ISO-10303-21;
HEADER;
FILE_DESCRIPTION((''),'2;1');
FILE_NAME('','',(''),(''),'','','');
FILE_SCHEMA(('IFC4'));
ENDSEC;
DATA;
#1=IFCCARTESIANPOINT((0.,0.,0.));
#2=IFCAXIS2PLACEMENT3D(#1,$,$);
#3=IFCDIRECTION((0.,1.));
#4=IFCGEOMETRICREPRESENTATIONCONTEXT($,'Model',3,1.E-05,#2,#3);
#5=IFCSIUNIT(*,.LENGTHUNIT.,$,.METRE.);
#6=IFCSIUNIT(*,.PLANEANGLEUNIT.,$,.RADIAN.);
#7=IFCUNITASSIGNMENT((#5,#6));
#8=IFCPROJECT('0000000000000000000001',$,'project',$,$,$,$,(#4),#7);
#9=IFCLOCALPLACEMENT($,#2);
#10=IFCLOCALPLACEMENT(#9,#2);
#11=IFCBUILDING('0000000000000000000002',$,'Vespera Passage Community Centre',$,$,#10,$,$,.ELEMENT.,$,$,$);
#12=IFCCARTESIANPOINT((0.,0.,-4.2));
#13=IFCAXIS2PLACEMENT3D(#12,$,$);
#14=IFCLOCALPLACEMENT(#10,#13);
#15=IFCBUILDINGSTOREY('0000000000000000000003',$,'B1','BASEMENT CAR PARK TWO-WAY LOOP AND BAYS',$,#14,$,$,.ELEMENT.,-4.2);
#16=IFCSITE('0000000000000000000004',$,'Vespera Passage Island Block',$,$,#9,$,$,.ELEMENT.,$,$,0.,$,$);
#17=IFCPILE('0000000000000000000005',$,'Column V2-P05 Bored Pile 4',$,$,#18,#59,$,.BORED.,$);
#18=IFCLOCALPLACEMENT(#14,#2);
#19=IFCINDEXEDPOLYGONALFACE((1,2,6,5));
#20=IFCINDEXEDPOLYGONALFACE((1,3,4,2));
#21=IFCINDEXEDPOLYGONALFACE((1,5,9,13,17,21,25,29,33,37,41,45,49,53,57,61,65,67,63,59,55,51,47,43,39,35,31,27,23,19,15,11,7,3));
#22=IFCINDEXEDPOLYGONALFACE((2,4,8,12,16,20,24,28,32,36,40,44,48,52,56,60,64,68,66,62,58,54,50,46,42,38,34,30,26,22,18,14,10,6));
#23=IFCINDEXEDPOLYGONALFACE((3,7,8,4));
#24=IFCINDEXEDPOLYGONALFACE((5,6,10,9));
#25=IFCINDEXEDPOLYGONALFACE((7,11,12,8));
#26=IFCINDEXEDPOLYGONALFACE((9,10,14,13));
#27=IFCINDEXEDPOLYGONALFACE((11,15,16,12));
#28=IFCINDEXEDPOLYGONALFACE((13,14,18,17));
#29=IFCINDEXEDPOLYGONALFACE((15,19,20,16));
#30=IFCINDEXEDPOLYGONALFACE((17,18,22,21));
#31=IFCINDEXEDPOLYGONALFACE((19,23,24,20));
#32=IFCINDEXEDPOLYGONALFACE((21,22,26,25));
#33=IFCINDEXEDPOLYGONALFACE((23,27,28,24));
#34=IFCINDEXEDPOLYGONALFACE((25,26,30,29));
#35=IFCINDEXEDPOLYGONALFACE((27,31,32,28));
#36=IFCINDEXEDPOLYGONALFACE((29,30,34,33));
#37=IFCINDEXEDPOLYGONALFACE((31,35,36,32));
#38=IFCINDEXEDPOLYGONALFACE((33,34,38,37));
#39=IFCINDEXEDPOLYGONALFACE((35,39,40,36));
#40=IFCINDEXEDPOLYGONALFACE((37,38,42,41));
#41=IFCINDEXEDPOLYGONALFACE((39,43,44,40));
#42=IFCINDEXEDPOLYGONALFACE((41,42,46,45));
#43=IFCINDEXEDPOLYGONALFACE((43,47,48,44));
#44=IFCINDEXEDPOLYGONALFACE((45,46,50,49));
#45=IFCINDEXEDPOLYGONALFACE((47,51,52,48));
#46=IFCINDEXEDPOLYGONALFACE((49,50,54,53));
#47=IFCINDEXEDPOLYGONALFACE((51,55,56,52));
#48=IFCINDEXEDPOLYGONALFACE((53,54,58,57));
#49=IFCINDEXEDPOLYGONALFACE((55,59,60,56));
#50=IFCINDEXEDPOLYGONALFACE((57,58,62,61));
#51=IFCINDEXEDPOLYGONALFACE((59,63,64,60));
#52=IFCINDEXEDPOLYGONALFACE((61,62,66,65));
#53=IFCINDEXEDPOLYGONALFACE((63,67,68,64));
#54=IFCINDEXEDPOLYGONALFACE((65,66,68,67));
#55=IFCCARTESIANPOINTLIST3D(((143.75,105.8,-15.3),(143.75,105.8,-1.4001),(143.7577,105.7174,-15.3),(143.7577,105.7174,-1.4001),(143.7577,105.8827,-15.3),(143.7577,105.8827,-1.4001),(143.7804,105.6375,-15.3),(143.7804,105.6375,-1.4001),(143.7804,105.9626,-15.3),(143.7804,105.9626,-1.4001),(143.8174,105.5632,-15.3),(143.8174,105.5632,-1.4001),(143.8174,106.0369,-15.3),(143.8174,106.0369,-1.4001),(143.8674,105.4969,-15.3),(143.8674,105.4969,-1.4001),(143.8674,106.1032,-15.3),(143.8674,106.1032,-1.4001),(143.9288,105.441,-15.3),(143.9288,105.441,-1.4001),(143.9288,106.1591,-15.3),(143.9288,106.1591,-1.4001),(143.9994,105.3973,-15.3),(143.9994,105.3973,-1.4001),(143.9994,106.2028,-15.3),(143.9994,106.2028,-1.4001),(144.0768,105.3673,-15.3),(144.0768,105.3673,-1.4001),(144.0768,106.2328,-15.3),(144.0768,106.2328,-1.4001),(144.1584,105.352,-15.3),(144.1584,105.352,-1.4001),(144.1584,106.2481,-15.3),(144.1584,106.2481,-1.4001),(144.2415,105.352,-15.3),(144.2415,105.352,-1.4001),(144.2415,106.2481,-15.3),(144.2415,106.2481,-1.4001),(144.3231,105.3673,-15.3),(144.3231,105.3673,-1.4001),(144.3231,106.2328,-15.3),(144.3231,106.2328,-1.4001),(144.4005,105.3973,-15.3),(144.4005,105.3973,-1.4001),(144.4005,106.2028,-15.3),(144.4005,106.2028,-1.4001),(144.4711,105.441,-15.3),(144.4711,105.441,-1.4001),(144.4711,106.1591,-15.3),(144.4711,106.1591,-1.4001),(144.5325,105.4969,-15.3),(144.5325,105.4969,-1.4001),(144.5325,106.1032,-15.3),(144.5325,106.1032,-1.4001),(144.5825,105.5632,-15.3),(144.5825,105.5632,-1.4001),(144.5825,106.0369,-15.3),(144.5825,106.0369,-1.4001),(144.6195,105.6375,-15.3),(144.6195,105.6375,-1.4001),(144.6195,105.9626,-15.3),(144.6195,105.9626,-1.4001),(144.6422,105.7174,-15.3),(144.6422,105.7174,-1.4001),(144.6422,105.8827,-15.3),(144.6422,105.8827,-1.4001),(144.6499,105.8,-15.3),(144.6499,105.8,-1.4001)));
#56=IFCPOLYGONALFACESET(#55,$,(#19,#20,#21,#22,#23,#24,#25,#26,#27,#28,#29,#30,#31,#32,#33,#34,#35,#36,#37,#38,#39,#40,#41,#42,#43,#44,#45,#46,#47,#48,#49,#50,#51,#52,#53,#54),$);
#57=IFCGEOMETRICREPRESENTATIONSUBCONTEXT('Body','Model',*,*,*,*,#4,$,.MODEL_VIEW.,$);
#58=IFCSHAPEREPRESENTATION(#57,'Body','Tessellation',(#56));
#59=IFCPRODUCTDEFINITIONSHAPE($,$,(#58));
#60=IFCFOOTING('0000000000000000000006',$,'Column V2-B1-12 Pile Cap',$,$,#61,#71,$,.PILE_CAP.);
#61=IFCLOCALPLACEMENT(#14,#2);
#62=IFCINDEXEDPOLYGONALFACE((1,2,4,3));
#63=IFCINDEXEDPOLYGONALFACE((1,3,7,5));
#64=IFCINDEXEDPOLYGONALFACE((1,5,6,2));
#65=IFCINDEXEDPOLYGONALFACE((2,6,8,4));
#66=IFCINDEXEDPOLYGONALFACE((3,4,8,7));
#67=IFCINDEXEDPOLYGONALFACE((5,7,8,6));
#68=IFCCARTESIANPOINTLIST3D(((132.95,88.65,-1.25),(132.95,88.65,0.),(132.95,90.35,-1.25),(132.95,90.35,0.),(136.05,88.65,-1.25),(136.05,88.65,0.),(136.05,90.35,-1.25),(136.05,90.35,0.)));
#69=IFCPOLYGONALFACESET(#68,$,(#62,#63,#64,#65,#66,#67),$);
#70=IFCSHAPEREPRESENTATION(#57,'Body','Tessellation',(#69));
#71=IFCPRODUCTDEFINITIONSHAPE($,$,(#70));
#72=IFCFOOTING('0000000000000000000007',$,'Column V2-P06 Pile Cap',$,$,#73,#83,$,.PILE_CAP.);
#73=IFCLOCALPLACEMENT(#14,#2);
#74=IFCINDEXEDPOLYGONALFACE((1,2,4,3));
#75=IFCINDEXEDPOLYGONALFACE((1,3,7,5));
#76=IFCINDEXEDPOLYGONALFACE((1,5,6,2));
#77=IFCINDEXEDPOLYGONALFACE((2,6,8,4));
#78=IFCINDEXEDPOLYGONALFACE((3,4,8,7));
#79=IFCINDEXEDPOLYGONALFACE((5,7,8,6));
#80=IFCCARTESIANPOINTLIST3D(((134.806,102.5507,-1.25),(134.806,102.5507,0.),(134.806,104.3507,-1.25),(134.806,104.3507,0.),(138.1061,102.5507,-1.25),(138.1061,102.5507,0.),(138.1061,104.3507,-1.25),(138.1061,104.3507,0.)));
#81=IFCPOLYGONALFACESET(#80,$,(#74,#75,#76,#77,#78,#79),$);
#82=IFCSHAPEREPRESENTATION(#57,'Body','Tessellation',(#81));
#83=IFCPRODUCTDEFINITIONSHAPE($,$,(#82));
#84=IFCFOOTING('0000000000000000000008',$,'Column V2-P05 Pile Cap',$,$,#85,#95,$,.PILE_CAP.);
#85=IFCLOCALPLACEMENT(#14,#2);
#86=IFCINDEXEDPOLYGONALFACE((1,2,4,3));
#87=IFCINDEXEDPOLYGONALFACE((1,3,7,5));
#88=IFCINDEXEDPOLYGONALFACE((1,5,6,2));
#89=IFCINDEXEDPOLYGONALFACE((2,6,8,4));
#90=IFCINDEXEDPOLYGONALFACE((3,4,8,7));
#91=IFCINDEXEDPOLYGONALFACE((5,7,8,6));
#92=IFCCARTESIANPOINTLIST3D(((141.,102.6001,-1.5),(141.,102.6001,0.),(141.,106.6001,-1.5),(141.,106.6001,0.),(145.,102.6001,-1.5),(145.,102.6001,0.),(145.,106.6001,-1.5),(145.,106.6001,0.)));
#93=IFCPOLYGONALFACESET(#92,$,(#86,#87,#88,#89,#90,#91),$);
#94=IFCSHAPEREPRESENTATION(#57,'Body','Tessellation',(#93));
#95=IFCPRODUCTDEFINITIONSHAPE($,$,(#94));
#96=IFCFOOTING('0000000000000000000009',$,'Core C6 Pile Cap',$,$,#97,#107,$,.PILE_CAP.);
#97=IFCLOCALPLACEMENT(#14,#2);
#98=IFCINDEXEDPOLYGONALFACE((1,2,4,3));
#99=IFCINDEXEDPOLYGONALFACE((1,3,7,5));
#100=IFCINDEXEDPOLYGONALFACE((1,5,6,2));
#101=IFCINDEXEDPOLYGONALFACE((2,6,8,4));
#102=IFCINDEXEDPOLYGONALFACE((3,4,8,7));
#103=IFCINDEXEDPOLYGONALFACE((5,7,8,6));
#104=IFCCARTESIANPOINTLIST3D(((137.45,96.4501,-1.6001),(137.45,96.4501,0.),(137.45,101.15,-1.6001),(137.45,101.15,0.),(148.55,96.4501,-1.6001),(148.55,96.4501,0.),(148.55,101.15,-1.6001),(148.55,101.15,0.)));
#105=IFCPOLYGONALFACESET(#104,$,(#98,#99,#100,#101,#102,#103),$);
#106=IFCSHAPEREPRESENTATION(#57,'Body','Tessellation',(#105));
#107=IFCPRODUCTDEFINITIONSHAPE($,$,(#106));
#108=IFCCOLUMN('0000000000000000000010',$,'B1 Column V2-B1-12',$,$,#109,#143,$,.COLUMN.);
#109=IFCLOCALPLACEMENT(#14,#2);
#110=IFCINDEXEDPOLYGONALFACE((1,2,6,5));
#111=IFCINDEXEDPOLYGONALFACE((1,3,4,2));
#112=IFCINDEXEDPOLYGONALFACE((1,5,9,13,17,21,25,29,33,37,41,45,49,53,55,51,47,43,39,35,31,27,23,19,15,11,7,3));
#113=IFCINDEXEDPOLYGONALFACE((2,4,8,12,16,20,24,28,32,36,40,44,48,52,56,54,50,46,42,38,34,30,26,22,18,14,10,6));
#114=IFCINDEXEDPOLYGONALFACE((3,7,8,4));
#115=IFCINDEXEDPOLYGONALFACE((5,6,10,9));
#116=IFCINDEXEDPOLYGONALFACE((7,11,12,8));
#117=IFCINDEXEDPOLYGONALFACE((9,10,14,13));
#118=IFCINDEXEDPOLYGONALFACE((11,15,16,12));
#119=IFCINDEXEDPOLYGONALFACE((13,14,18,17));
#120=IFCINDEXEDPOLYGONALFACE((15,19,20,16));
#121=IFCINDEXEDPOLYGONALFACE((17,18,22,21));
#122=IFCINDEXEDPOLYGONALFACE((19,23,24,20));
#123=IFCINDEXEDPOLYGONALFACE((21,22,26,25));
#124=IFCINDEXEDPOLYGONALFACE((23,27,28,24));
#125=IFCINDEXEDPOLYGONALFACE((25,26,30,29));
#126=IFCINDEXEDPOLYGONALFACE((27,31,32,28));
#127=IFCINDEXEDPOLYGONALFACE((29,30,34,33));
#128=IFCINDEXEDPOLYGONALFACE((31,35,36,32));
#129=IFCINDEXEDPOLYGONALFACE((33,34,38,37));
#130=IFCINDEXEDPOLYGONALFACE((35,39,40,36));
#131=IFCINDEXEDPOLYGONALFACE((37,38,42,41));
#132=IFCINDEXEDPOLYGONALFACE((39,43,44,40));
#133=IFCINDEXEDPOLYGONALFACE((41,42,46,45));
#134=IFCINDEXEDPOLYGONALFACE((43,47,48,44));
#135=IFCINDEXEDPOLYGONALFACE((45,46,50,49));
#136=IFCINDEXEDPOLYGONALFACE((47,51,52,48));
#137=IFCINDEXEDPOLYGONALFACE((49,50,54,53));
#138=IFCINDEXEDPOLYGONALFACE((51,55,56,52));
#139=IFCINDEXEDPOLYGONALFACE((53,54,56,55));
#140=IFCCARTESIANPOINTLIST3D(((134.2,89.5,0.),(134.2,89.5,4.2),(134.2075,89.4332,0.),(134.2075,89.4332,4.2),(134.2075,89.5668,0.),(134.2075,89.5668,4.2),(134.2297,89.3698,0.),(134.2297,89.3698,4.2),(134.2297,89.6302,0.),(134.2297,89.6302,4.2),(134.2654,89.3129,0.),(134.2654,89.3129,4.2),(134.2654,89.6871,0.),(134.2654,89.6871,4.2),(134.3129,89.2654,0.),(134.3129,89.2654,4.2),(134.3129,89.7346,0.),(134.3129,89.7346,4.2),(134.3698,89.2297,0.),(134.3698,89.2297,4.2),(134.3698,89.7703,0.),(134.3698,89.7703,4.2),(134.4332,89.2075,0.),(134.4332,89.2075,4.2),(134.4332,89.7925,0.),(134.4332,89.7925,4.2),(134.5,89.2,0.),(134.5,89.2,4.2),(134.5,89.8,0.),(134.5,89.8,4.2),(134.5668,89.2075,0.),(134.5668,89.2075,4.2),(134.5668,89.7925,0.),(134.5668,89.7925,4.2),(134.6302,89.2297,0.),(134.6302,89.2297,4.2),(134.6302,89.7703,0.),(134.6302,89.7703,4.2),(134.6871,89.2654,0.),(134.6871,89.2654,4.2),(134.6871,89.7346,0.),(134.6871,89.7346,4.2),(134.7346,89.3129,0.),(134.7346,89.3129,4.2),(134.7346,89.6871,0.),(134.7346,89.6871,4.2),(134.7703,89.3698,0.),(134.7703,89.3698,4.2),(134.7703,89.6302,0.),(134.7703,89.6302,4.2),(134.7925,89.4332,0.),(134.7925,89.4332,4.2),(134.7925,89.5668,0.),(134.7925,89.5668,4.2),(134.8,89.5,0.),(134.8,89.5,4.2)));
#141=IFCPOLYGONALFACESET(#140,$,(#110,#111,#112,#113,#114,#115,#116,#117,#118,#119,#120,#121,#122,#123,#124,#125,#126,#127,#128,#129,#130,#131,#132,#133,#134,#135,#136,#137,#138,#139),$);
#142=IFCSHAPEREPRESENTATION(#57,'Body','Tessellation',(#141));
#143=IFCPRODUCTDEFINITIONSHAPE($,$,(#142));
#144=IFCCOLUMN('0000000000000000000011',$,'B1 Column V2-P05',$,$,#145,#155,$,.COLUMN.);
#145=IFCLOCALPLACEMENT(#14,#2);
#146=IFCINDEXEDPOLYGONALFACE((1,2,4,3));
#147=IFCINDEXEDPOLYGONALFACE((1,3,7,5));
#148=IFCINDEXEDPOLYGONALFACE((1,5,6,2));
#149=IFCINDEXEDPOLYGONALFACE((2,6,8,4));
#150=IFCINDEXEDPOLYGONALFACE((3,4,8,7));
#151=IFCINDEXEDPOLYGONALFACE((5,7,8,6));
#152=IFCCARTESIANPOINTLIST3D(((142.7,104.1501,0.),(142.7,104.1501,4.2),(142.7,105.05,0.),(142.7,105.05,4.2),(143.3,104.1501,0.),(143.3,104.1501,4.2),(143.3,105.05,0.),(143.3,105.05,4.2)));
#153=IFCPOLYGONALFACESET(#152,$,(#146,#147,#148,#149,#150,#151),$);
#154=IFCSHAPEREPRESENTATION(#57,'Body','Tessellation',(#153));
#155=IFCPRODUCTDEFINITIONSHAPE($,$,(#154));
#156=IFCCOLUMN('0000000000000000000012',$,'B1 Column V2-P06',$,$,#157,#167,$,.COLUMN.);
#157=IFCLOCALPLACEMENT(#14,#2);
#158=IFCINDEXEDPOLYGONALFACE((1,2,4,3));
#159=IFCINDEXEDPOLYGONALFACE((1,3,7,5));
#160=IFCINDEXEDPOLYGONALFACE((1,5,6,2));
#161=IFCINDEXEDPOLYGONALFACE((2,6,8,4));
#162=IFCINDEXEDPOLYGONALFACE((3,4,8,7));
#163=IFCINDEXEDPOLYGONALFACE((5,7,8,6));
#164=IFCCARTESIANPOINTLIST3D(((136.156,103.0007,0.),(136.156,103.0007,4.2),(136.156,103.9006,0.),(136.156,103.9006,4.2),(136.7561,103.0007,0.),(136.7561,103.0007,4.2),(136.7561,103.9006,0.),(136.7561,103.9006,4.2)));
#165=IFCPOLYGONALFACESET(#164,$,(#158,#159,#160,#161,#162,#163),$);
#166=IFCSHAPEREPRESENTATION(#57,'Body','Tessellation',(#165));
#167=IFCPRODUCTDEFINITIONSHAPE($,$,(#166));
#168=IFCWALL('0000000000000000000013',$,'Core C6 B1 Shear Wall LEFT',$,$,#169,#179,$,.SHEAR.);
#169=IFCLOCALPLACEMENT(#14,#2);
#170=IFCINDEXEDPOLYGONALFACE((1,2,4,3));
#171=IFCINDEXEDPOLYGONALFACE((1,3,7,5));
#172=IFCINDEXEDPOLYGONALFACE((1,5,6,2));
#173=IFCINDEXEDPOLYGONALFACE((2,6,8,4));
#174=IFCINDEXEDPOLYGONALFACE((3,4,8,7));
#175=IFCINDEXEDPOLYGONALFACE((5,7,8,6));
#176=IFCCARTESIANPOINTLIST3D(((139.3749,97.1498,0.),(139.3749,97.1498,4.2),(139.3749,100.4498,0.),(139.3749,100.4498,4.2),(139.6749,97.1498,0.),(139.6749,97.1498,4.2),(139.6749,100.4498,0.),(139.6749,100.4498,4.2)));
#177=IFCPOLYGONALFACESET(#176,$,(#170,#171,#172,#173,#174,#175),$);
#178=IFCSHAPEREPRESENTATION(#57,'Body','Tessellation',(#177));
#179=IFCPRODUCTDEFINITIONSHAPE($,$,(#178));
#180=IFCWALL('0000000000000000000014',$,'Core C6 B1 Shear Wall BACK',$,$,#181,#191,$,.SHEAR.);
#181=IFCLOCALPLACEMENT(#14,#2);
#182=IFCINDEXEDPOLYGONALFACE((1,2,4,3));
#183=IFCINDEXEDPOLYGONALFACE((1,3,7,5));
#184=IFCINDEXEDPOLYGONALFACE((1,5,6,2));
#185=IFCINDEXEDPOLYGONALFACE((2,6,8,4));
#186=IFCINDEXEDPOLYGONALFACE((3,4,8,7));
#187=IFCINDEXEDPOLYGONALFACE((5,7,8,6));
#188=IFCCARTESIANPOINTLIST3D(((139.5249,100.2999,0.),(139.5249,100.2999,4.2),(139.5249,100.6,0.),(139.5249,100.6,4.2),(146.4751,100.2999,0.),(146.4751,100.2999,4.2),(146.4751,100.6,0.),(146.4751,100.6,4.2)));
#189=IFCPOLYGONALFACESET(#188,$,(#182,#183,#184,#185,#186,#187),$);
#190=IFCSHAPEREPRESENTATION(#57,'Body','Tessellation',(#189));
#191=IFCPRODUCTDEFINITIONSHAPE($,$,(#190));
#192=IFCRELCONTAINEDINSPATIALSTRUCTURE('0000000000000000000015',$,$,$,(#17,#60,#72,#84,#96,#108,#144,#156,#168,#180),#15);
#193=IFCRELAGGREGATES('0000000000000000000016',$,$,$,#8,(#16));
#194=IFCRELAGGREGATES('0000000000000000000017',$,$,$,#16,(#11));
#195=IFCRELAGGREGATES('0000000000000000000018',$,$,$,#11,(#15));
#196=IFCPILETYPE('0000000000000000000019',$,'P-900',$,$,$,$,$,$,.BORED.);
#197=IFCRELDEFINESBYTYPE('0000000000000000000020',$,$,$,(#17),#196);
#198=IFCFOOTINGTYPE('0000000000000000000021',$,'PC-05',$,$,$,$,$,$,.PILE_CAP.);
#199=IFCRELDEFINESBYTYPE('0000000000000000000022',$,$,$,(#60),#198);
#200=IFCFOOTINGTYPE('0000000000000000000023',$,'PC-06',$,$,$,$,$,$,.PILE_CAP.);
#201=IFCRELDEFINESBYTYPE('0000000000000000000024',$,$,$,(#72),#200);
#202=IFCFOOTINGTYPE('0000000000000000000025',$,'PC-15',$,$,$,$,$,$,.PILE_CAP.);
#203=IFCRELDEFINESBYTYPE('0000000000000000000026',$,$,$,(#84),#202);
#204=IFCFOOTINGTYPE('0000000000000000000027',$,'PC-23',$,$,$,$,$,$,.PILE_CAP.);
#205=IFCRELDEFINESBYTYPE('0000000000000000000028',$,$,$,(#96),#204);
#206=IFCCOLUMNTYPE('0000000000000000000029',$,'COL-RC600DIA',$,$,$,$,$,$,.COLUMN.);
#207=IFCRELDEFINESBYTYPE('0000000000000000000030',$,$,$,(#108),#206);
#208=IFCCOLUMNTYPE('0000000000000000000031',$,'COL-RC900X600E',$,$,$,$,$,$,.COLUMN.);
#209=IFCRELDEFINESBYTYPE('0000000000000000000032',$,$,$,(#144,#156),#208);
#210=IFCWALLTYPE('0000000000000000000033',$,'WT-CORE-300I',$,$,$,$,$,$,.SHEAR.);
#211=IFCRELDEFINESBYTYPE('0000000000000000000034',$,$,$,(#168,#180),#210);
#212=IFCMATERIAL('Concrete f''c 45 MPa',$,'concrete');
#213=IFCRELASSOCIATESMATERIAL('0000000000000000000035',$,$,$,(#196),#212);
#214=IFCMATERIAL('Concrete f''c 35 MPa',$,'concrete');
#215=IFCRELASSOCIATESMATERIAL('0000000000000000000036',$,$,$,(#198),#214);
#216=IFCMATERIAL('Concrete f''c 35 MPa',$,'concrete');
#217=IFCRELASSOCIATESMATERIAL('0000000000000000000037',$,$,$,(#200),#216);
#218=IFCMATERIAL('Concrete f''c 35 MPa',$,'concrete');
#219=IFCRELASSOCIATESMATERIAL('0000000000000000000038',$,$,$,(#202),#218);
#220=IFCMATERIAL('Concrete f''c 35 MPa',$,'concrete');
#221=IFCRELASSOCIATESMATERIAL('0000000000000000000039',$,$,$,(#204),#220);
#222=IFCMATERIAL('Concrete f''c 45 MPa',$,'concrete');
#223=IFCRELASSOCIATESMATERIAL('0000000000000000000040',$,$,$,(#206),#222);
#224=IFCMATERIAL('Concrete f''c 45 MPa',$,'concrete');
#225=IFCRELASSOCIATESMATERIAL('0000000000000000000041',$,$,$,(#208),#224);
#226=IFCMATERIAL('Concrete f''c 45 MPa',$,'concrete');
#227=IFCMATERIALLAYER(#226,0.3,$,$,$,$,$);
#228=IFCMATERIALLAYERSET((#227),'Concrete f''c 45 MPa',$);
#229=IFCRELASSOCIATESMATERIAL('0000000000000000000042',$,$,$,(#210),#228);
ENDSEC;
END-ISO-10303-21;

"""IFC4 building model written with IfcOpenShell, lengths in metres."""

from ifc_helpers import new_model, si_unit, direction, frame, frame_2d, origin, origin_2d, place, context, subcontext, project, spatial, rectangle, circle, extrude, material, layer, layer_set, material_profile, profile_set, type_object, element, save


model = new_model("IFC4")

# Units and contexts
model_context = context("Model", 3, precision=1e-05, world=origin(), true_north=direction((0.0, 1.0)))
body_context = subcontext(model_context, "Body", "Model", "MODEL_VIEW")
ifc_project = project(units=[si_unit("LENGTHUNIT", "METRE"), si_unit("PLANEANGLEUNIT", "RADIAN")], contexts=[model_context])

# Site, building, storey
site_placement = place(None, origin())
site = spatial("IfcSite", under=ifc_project, at=site_placement, Name="Vespera Passage Island Block", CompositionType="ELEMENT", RefElevation=0.0)
building_placement = place(site_placement, origin())
building = spatial("IfcBuilding", under=site, at=building_placement, Name="Vespera Passage Community Centre", CompositionType="ELEMENT")
storey_placement = place(building_placement, frame((0.0, 0.0, -4.2)))
storey = spatial("IfcBuildingStorey", under=building, at=storey_placement, Name="B1", Description="BASEMENT CAR PARK TWO-WAY LOOP AND BAYS", CompositionType="ELEMENT", Elevation=-4.2)

# Pile
ifc_material_1 = material(Name="Concrete f'c 45 MPa", Category="concrete")
ifc_material_profile_1 = material_profile(ifc_material_1, circle(Radius=0.45, at=origin_2d()), Name="PILE900DIA")
ifc_profile_set_1 = profile_set([ifc_material_profile_1], Name="Concrete f'c 45 MPa")
pile_type_1 = type_object("IfcPileType", Name="P-900", PredefinedType="BORED", material=ifc_profile_set_1)
for number, where, z_axis, x_axis, name in (
    (1, (144.2, 105.8, -1.4001), (0.0, 0.0, -1.0), (1.0, 0.0, 0.0), "Column V2-P05 Bored Pile 4"),
):
    element("IfcPile", number, at=place(storey_placement, frame(where, z_axis=z_axis, x_axis=x_axis)), inside=storey, type_object=pile_type_1, Name=name, PredefinedType="BORED", context=body_context, shape_type="SweptSolid", body=[
        extrude(circle(Radius=0.45, at=origin_2d()), origin(), (0.0, 0.0, 1.0), 13.8999),
    ])

# Footings
ifc_material_2 = material(Name="Concrete f'c 35 MPa", Category="concrete")
footing_type_1 = type_object("IfcFootingType", Name="PC-05", PredefinedType="PILE_CAP", material=ifc_material_2)
footing_1_placement = place(storey_placement, frame((134.5, 89.5, -1.25), z_axis=(0.0, 0.0, 1.0), x_axis=(1.0, 0.0, 0.0)))
element("IfcFooting", 2, at=footing_1_placement, inside=storey, type_object=footing_type_1, Name="Column V2-B1-12 Pile Cap", PredefinedType="PILE_CAP", context=body_context, shape_type="SweptSolid", body=[
    extrude(rectangle(XDim=3.1001, YDim=1.7, at=origin_2d()), origin(), (0.0, 0.0, 1.0), 1.25),
])
ifc_material_3 = material(Name="Concrete f'c 35 MPa", Category="concrete")
footing_type_2 = type_object("IfcFootingType", Name="PC-06", PredefinedType="PILE_CAP", material=ifc_material_3)
footing_2_placement = place(storey_placement, frame((136.4561, 103.4507, -1.25), z_axis=(0.0, 0.0, 1.0), x_axis=(1.0, 0.0, 0.0)))
element("IfcFooting", 3, at=footing_2_placement, inside=storey, type_object=footing_type_2, Name="Column V2-P06 Pile Cap", PredefinedType="PILE_CAP", context=body_context, shape_type="SweptSolid", body=[
    extrude(rectangle(XDim=3.3, YDim=1.8, at=origin_2d()), origin(), (0.0, 0.0, 1.0), 1.25),
])
ifc_material_4 = material(Name="Concrete f'c 35 MPa", Category="concrete")
footing_type_3 = type_object("IfcFootingType", Name="PC-15", PredefinedType="PILE_CAP", material=ifc_material_4)
footing_3_placement = place(storey_placement, frame((143.0, 104.6001, -1.5), z_axis=(0.0, 0.0, 1.0), x_axis=(1.0, 0.0, 0.0)))
element("IfcFooting", 4, at=footing_3_placement, inside=storey, type_object=footing_type_3, Name="Column V2-P05 Pile Cap", PredefinedType="PILE_CAP", context=body_context, shape_type="SweptSolid", body=[
    extrude(rectangle(XDim=4.0, YDim=4.0, at=origin_2d()), origin(), (0.0, 0.0, 1.0), 1.5),
])
ifc_material_5 = material(Name="Concrete f'c 35 MPa", Category="concrete")
footing_type_4 = type_object("IfcFootingType", Name="PC-23", PredefinedType="PILE_CAP", material=ifc_material_5)
footing_4_placement = place(storey_placement, frame((143.0, 98.8, -1.6001), z_axis=(0.0, 0.0, 1.0), x_axis=(1.0, 0.0, 0.0)))
element("IfcFooting", 5, at=footing_4_placement, inside=storey, type_object=footing_type_4, Name="Core C6 Pile Cap", PredefinedType="PILE_CAP", context=body_context, shape_type="SweptSolid", body=[
    extrude(rectangle(XDim=11.1001, YDim=4.7, at=origin_2d()), origin(), (0.0, 0.0, 1.0), 1.6001),
])

# Columns
ifc_material_6 = material(Name="Concrete f'c 45 MPa", Category="concrete")
ifc_material_profile_2 = material_profile(ifc_material_6, circle(Radius=0.3, at=origin_2d()), Name="RC600DIA")
ifc_profile_set_2 = profile_set([ifc_material_profile_2], Name="Concrete f'c 45 MPa")
column_type_1 = type_object("IfcColumnType", Name="COL-RC600DIA", PredefinedType="COLUMN", material=ifc_profile_set_2)
column_placement = place(storey_placement, frame((134.5, 89.5, 0.0), z_axis=(0.0, 0.0, 1.0), x_axis=(1.0, 0.0, 0.0)))
element("IfcColumn", 6, at=column_placement, inside=storey, type_object=column_type_1, Name="B1 Column V2-B1-12", PredefinedType="COLUMN", context=body_context, shape_type="SweptSolid", body=[
    extrude(circle(Radius=0.3, at=origin_2d()), origin(), (0.0, 0.0, 1.0), 4.2),
])
ifc_material_7 = material(Name="Concrete f'c 45 MPa", Category="concrete")
ifc_material_profile_3 = material_profile(ifc_material_7, rectangle(XDim=0.6001, YDim=0.8999, at=origin_2d()), Name="RC900X600")
ifc_profile_set_3 = profile_set([ifc_material_profile_3], Name="Concrete f'c 45 MPa")
column_type_2 = type_object("IfcColumnType", Name="COL-RC900X600E", PredefinedType="COLUMN", material=ifc_profile_set_3)
for number, where, z_axis, x_axis, name in (
    (7, (143.0, 104.6001, 0.0), (0.0, 0.0, 1.0), (1.0, 0.0, 0.0), "B1 Column V2-P05"),
    (8, (136.4561, 103.4507, 0.0), (0.0, 0.0, 1.0), (1.0, 0.0, 0.0), "B1 Column V2-P06"),
):
    element("IfcColumn", number, at=place(storey_placement, frame(where, z_axis=z_axis, x_axis=x_axis)), inside=storey, type_object=column_type_2, Name=name, PredefinedType="COLUMN", context=body_context, shape_type="SweptSolid", body=[
        extrude(rectangle(XDim=0.6001, YDim=0.8999, at=origin_2d()), origin(), (0.0, 0.0, 1.0), 4.2),
    ])

# Walls
ifc_material_8 = material(Name="Concrete f'c 45 MPa", Category="concrete")
ifc_layer_1 = layer(ifc_material_8, 0.3)
ifc_layer_set_1 = layer_set([ifc_layer_1], Name="Concrete f'c 45 MPa")
wall_type_1 = type_object("IfcWallType", Name="WT-CORE-300I", PredefinedType="SHEAR", material=ifc_layer_set_1)
wall_1_placement = place(storey_placement, frame((139.5249, 97.1499, 0.0), z_axis=(0.0, 0.0, 1.0), x_axis=(0.0, 1.0, 0.0)))
element("IfcWall", 9, at=wall_1_placement, inside=storey, type_object=wall_type_1, Name="Core C6 B1 Shear Wall LEFT", PredefinedType="SHEAR", context=body_context, shape_type="SweptSolid", body=[
    extrude(rectangle(XDim=3.3, YDim=0.3, at=frame_2d((1.6499, 0.0))), origin(), (0.0, 0.0, 1.0), 4.2),
])
wall_2_placement = place(storey_placement, frame((139.5249, 100.45, 0.0), z_axis=(0.0, 0.0, 1.0), x_axis=(1.0, 0.0, 0.0)))
element("IfcWall", 10, at=wall_2_placement, inside=storey, type_object=wall_type_1, Name="Core C6 B1 Shear Wall BACK", PredefinedType="SHEAR", context=body_context, shape_type="SweptSolid", body=[
    extrude(rectangle(XDim=6.9502, YDim=0.3, at=frame_2d((3.4751, 0.0))), origin(), (0.0, 0.0, 1.0), 4.2),
])

save(model, "model.ifc")
